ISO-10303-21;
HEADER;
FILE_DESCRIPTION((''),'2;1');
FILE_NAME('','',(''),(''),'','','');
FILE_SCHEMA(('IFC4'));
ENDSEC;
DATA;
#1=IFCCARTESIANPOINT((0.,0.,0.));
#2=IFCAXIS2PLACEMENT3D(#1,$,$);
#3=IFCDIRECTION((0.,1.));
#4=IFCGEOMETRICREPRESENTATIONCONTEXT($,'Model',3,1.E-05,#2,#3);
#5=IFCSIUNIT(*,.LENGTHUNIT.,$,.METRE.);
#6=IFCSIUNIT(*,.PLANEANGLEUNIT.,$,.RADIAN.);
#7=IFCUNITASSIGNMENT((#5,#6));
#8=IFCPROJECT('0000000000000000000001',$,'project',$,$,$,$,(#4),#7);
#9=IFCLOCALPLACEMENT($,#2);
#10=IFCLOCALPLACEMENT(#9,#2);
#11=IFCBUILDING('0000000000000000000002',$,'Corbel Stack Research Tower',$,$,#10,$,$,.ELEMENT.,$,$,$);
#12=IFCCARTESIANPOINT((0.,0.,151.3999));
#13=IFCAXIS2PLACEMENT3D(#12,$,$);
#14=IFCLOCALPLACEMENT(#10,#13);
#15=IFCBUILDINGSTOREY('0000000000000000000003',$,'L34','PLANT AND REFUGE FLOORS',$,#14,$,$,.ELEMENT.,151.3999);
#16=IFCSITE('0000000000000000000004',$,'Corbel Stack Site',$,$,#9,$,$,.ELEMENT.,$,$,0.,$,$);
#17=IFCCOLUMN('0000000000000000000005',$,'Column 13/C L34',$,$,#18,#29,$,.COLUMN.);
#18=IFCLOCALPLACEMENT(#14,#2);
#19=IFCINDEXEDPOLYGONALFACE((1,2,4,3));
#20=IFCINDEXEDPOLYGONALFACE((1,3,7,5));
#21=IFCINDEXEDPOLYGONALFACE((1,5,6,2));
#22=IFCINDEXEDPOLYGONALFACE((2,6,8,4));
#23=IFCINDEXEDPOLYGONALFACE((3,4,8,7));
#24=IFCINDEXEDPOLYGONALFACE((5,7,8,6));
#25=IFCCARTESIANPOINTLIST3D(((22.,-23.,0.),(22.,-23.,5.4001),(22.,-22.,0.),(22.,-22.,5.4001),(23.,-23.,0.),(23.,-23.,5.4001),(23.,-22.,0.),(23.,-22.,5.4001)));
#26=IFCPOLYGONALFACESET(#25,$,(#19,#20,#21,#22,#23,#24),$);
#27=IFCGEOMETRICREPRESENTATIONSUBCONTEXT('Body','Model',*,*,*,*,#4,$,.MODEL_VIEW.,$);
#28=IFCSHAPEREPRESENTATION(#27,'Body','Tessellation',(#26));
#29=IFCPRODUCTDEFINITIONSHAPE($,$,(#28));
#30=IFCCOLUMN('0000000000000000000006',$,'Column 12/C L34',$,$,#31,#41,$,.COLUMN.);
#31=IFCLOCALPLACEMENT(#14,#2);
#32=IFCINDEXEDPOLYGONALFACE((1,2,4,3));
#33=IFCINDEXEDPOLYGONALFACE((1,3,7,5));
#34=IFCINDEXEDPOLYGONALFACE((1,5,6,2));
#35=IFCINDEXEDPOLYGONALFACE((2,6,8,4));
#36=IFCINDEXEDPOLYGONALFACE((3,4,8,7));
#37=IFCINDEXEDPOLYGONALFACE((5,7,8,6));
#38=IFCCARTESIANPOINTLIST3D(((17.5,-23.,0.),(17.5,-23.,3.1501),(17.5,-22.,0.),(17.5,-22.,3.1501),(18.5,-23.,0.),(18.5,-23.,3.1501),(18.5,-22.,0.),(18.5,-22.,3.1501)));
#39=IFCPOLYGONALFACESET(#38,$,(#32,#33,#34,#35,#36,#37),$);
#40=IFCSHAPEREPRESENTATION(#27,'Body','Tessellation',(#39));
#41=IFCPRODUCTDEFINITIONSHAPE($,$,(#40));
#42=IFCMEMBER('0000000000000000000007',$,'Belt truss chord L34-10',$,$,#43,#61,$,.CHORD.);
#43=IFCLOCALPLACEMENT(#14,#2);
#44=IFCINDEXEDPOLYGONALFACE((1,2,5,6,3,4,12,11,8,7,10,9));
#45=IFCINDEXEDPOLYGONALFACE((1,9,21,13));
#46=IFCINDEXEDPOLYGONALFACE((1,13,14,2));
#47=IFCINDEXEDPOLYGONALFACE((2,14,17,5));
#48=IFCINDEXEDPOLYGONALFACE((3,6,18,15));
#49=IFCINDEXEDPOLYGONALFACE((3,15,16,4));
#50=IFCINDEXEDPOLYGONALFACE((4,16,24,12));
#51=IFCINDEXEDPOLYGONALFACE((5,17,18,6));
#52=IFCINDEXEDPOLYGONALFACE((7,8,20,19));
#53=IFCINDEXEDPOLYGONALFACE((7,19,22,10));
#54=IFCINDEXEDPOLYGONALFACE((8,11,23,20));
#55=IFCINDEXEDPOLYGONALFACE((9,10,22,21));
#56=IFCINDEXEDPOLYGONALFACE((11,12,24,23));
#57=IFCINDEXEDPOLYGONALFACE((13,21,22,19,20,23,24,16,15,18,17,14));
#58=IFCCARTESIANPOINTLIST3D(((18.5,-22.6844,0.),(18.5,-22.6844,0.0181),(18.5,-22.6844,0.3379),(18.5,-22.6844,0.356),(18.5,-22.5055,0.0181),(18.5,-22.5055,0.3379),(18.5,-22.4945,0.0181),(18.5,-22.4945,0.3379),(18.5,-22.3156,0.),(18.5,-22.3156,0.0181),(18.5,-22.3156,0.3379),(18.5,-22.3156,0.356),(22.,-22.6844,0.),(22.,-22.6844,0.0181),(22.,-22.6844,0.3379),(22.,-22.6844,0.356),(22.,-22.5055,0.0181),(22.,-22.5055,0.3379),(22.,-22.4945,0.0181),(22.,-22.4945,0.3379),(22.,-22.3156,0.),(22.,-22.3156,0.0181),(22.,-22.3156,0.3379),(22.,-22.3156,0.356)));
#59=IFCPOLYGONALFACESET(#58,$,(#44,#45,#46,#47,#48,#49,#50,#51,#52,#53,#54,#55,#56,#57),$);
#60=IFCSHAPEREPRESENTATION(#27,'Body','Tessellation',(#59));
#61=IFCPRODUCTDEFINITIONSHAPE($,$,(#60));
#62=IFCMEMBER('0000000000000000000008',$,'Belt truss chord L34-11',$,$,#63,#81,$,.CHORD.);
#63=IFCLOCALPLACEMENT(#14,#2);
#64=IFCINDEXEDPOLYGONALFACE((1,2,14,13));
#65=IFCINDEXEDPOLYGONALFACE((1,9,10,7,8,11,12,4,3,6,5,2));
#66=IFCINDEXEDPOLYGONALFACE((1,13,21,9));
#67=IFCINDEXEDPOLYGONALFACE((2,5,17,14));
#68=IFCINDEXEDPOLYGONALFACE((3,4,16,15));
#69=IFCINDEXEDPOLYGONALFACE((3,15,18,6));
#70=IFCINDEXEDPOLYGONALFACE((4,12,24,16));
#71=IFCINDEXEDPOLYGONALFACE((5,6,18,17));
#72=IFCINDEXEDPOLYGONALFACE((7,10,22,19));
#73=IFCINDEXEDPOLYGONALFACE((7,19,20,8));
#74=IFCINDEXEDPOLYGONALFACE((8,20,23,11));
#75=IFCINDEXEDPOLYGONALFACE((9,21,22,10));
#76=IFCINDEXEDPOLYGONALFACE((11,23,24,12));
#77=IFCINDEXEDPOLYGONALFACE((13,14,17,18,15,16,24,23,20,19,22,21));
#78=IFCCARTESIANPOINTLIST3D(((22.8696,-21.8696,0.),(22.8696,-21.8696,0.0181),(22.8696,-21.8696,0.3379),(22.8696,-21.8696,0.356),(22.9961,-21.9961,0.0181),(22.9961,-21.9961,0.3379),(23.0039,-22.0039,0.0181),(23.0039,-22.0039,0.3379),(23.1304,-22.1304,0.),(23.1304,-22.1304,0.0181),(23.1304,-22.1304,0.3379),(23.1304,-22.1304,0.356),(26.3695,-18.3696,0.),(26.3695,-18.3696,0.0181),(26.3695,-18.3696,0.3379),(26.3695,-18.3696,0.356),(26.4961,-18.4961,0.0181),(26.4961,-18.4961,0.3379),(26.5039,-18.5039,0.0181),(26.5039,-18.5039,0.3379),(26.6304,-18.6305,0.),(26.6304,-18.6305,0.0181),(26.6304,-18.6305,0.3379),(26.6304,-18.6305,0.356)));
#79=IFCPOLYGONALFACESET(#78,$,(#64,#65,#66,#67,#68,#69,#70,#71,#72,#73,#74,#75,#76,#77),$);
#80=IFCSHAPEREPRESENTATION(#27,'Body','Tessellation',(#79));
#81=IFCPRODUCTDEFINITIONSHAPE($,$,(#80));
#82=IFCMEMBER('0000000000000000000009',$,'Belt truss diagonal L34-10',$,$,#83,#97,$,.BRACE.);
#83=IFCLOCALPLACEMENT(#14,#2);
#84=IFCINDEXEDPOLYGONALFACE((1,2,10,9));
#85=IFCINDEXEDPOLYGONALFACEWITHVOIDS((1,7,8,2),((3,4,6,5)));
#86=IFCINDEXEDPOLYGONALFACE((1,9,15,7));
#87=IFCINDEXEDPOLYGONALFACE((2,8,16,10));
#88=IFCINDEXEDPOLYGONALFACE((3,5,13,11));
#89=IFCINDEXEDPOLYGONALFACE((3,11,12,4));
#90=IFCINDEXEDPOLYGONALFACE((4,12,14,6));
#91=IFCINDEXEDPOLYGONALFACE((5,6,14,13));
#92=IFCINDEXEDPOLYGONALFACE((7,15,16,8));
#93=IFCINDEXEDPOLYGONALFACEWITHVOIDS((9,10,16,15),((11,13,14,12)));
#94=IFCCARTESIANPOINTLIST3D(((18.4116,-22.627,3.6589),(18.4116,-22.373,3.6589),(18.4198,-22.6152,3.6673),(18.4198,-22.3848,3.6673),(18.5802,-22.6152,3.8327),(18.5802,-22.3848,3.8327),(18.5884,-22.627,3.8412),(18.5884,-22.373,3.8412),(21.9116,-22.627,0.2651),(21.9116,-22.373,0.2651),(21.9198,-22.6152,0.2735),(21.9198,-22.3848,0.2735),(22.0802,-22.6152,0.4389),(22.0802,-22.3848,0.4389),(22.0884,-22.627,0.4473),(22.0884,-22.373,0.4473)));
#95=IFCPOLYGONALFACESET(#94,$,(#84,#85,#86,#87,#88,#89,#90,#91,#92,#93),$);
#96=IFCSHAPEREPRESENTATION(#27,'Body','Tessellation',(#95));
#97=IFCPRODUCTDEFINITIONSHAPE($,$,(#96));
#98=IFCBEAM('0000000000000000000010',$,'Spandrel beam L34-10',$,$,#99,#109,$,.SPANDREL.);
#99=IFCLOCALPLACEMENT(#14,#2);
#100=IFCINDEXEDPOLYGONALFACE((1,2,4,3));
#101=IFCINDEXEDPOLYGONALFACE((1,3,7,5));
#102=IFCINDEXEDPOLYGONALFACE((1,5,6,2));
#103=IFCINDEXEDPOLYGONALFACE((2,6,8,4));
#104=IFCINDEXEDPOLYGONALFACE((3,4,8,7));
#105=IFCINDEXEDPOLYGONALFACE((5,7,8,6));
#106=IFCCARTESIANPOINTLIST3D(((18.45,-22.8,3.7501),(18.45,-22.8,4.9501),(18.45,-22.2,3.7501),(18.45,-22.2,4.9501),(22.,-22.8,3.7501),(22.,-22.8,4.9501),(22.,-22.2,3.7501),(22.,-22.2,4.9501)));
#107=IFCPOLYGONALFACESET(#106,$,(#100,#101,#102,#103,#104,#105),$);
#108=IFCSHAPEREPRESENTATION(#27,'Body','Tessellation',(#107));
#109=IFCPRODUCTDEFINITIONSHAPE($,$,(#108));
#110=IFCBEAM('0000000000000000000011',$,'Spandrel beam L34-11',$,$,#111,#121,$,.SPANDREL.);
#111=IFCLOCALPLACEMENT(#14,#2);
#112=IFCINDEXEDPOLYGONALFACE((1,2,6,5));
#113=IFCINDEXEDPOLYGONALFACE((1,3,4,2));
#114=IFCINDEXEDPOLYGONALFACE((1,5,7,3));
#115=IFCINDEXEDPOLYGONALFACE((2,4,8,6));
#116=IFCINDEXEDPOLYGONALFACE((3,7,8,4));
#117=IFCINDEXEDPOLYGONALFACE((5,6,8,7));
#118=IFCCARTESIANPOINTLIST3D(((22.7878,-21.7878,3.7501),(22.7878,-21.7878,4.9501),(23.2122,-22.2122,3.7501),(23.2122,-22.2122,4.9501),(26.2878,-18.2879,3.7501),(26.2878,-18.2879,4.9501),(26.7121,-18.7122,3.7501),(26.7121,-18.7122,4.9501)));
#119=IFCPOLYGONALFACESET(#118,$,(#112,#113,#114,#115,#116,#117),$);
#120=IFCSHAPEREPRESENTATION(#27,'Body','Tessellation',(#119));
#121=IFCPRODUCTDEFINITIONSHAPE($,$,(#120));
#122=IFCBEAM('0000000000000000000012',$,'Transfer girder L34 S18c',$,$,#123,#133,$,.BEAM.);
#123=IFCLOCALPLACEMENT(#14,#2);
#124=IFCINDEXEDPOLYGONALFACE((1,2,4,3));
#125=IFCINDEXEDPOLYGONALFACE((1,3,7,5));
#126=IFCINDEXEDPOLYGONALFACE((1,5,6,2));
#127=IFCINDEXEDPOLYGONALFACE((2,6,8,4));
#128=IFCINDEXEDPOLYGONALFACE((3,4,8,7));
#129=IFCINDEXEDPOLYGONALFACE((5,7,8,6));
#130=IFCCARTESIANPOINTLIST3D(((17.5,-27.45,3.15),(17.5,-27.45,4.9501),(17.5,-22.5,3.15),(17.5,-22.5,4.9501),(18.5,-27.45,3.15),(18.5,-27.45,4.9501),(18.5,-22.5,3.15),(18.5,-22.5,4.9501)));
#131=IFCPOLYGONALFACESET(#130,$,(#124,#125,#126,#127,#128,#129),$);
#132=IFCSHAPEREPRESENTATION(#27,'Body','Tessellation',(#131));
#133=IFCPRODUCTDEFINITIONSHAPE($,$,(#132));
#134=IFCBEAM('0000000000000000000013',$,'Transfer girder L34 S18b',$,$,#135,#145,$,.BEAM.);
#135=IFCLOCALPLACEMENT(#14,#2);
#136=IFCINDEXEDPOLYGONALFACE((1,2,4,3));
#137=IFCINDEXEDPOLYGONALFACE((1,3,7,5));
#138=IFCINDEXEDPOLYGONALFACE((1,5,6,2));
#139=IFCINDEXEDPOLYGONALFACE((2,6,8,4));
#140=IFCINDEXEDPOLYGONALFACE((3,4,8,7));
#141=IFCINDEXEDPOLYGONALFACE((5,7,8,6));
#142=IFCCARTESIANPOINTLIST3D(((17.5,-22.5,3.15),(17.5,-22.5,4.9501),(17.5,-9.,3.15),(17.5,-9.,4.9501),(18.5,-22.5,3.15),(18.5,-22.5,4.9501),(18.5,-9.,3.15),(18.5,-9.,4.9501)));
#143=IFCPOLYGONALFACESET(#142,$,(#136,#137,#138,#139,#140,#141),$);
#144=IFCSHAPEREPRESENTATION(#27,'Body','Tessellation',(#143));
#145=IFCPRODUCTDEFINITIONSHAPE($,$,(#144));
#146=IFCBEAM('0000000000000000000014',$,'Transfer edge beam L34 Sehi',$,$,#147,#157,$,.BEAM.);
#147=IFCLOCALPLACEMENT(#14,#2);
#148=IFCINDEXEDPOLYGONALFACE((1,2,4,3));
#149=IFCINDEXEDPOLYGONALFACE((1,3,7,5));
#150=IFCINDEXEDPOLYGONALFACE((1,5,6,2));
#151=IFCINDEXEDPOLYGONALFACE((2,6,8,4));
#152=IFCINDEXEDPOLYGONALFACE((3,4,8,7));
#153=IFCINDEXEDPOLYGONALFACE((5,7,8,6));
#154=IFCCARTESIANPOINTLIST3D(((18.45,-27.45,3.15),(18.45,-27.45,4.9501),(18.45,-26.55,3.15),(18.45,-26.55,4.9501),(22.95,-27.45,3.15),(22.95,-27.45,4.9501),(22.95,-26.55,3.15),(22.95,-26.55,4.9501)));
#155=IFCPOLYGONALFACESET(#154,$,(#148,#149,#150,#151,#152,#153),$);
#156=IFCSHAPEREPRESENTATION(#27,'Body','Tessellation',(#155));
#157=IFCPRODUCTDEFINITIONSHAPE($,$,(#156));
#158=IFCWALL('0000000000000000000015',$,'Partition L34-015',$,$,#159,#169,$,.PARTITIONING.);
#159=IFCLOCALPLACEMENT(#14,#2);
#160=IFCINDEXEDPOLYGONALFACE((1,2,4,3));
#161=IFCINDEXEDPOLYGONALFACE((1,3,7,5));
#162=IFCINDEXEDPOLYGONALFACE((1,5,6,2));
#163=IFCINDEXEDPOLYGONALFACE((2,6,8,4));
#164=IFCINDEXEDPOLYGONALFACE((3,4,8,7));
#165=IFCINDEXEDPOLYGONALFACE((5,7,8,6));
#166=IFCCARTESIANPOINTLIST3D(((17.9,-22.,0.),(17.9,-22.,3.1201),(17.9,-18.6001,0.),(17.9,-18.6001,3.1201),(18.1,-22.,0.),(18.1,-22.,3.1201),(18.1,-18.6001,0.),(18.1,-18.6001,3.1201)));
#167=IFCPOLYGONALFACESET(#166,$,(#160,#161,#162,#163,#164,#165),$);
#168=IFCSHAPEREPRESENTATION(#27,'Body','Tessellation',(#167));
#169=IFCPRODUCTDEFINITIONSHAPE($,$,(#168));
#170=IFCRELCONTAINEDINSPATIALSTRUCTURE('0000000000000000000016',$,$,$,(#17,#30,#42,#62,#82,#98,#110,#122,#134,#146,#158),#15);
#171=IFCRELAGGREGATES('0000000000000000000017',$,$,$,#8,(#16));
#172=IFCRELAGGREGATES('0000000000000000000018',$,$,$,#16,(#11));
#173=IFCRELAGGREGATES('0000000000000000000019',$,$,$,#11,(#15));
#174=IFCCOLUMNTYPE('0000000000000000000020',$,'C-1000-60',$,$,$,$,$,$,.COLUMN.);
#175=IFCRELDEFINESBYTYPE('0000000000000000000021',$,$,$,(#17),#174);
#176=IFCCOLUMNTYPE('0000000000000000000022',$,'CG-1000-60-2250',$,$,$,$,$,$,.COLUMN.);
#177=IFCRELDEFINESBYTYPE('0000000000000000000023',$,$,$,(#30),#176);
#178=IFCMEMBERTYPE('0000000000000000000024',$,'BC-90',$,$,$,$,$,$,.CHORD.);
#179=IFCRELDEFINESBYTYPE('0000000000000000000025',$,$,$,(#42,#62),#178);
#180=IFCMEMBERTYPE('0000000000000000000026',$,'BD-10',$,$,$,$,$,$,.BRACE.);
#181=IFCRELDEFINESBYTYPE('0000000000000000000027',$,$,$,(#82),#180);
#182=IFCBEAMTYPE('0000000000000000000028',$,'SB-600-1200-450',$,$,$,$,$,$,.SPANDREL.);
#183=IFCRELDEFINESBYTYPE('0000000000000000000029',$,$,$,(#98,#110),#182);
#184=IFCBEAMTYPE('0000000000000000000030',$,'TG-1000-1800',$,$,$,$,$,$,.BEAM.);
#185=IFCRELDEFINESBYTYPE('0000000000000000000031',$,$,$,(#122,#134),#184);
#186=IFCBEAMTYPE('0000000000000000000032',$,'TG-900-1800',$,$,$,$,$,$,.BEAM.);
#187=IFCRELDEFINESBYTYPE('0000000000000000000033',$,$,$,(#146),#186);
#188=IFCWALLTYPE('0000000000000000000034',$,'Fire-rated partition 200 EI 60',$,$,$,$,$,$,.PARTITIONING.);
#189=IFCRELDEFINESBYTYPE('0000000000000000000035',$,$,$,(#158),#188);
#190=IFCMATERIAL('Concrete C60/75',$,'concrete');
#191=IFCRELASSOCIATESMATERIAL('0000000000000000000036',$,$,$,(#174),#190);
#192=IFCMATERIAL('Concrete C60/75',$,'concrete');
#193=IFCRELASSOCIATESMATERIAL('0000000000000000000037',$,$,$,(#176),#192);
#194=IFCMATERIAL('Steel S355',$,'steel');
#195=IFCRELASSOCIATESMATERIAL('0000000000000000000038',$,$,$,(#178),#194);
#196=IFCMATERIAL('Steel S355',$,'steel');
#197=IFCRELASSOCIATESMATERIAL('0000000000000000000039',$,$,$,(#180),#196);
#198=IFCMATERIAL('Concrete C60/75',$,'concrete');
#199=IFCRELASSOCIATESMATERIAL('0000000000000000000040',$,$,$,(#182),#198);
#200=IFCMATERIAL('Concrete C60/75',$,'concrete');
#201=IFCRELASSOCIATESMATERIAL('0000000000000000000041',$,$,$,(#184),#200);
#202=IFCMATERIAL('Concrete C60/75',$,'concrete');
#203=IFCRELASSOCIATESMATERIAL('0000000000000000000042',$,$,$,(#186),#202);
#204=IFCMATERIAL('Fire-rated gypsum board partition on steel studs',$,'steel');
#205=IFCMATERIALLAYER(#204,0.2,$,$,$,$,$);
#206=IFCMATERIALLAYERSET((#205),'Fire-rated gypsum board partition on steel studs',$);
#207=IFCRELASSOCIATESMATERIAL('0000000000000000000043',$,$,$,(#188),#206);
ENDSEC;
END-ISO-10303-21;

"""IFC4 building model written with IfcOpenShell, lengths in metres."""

from ifc_helpers import new_model, si_unit, direction, frame, frame_2d, origin, origin_2d, place, context, subcontext, project, spatial, rectangle, hollow_rectangle, i_section, extrude, material, layer, layer_set, material_profile, profile_set, type_object, element, save


model = new_model("IFC4")

# Units and contexts
model_context = context("Model", 3, precision=1e-05, world=origin(), true_north=direction((0.0, 1.0)))
body_context = subcontext(model_context, "Body", "Model", "MODEL_VIEW")
ifc_project = project(units=[si_unit("LENGTHUNIT", "METRE"), si_unit("PLANEANGLEUNIT", "RADIAN")], contexts=[model_context])

# Site, building, storey
site_placement = place(None, origin())
site = spatial("IfcSite", under=ifc_project, at=site_placement, Name="Corbel Stack Site", CompositionType="ELEMENT", RefElevation=0.0)
building_placement = place(site_placement, origin())
building = spatial("IfcBuilding", under=site, at=building_placement, Name="Corbel Stack Research Tower", CompositionType="ELEMENT")
storey_placement = place(building_placement, frame((0.0, 0.0, 151.3999)))
storey = spatial("IfcBuildingStorey", under=building, at=storey_placement, Name="L34", Description="PLANT AND REFUGE FLOORS", CompositionType="ELEMENT", Elevation=151.3999)

# Columns
ifc_material_1 = material(Name="Concrete C60/75", Category="concrete")
ifc_material_profile_1 = material_profile(ifc_material_1, rectangle(XDim=1.0, YDim=1.0, at=origin_2d()), Name="RC 1000 x 1000")
ifc_profile_set_1 = profile_set([ifc_material_profile_1], Name="Concrete C60/75")
column_type_1 = type_object("IfcColumnType", Name="C-1000-60", PredefinedType="COLUMN", material=ifc_profile_set_1)
column_1_placement = place(storey_placement, frame((22.5, -22.5, 0.0), z_axis=(0.0, 0.0, 1.0), x_axis=(1.0, 0.0, 0.0)))
element("IfcColumn", 1, at=column_1_placement, inside=storey, type_object=column_type_1, Name="Column 13/C L34", PredefinedType="COLUMN", context=body_context, shape_type="SweptSolid", body=[
    extrude(rectangle(XDim=1.0, YDim=1.0, at=origin_2d()), origin(), (0.0, 0.0, 1.0), 5.4001),
])
ifc_material_2 = material(Name="Concrete C60/75", Category="concrete")
ifc_material_profile_2 = material_profile(ifc_material_2, rectangle(XDim=1.0, YDim=1.0, at=origin_2d()), Name="RC 1000 x 1000")
ifc_profile_set_2 = profile_set([ifc_material_profile_2], Name="Concrete C60/75")
column_type_2 = type_object("IfcColumnType", Name="CG-1000-60-2250", PredefinedType="COLUMN", material=ifc_profile_set_2)
column_2_placement = place(storey_placement, frame((18.0, -22.5, 0.0), z_axis=(0.0, 0.0, 1.0), x_axis=(1.0, 0.0, 0.0)))
element("IfcColumn", 2, at=column_2_placement, inside=storey, type_object=column_type_2, Name="Column 12/C L34", PredefinedType="COLUMN", context=body_context, shape_type="SweptSolid", body=[
    extrude(rectangle(XDim=1.0, YDim=1.0, at=origin_2d()), origin(), (0.0, 0.0, 1.0), 3.1501),
])

# Members
ifc_material_3 = material(Name="Steel S355", Category="steel")
ifc_material_profile_3 = material_profile(ifc_material_3, i_section(OverallWidth=0.3689, OverallDepth=0.356, WebThickness=0.011, FlangeThickness=0.0181, at=origin_2d()), Name="W14x90")
ifc_profile_set_3 = profile_set([ifc_material_profile_3], Name="Steel S355")
member_type_1 = type_object("IfcMemberType", Name="BC-90", PredefinedType="CHORD", material=ifc_profile_set_3)
member_1_placement = place(storey_placement, frame((18.5, -22.5, 0.178), z_axis=(1.0, 0.0, 0.0), x_axis=(0.0, 1.0, 0.0)))
element("IfcMember", 3, at=member_1_placement, inside=storey, type_object=member_type_1, Name="Belt truss chord L34-10", PredefinedType="CHORD", context=body_context, shape_type="SweptSolid", body=[
    extrude(i_section(OverallWidth=0.3689, OverallDepth=0.356, WebThickness=0.011, FlangeThickness=0.0181, at=origin_2d()), origin(), (0.0, 0.0, 1.0), 3.5),
])
member_2_placement = place(storey_placement, frame((23.0, -22.0, 0.178), z_axis=(0.707107, 0.707107, 0.0), x_axis=(-0.707107, 0.707107, 0.0)))
element("IfcMember", 4, at=member_2_placement, inside=storey, type_object=member_type_1, Name="Belt truss chord L34-11", PredefinedType="CHORD", context=body_context, shape_type="SweptSolid", body=[
    extrude(i_section(OverallWidth=0.3689, OverallDepth=0.356, WebThickness=0.011, FlangeThickness=0.0181, at=origin_2d()), origin(), (0.0, 0.0, 1.0), 4.9497),
])
ifc_material_4 = material(Name="Steel S355", Category="steel")
ifc_material_profile_4 = material_profile(ifc_material_4, hollow_rectangle(XDim=0.2539, YDim=0.2539, WallThickness=0.0117, at=origin_2d()), Name="HSS10x10x1/2")
ifc_profile_set_4 = profile_set([ifc_material_profile_4], Name="Steel S355")
member_type_2 = type_object("IfcMemberType", Name="BD-10", PredefinedType="BRACE", material=ifc_profile_set_4)
member_3_placement = place(storey_placement, frame((22.0, -22.5, 0.3562), z_axis=(-0.717915, 0.0, 0.696131), x_axis=(0.0, -1.0, 0.0)))
element("IfcMember", 5, at=member_3_placement, inside=storey, type_object=member_type_2, Name="Belt truss diagonal L34-10", PredefinedType="BRACE", context=body_context, shape_type="SweptSolid", body=[
    extrude(hollow_rectangle(XDim=0.2539, YDim=0.2539, WallThickness=0.0117, at=origin_2d()), origin(), (0.0, 0.0, 1.0), 4.8752),
])

# Beams
ifc_material_5 = material(Name="Concrete C60/75", Category="concrete")
ifc_material_profile_5 = material_profile(ifc_material_5, rectangle(XDim=0.6001, YDim=1.2, at=origin_2d()), Name="RC 600 x 1200")
ifc_profile_set_5 = profile_set([ifc_material_profile_5], Name="Concrete C60/75")
beam_type_1 = type_object("IfcBeamType", Name="SB-600-1200-450", PredefinedType="SPANDREL", material=ifc_profile_set_5)
beam_1_placement = place(storey_placement, frame((18.45, -22.5, 4.3501), z_axis=(1.0, 0.0, 0.0), x_axis=(0.0, 1.0, 0.0)))
element("IfcBeam", 6, at=beam_1_placement, inside=storey, type_object=beam_type_1, Name="Spandrel beam L34-10", PredefinedType="SPANDREL", context=body_context, shape_type="SweptSolid", body=[
    extrude(rectangle(XDim=0.6001, YDim=1.2, at=origin_2d()), origin(), (0.0, 0.0, 1.0), 3.55),
])
beam_2_placement = place(storey_placement, frame((23.0, -22.0, 4.3501), z_axis=(0.707107, 0.707107, 0.0), x_axis=(-0.707107, 0.707107, 0.0)))
element("IfcBeam", 7, at=beam_2_placement, inside=storey, type_object=beam_type_1, Name="Spandrel beam L34-11", PredefinedType="SPANDREL", context=body_context, shape_type="SweptSolid", body=[
    extrude(rectangle(XDim=0.6001, YDim=1.2, at=origin_2d()), origin(), (0.0, 0.0, 1.0), 4.9497),
])
ifc_material_6 = material(Name="Concrete C60/75", Category="concrete")
ifc_material_profile_6 = material_profile(ifc_material_6, rectangle(XDim=1.0, YDim=1.8, at=origin_2d()), Name="RC 1000 x 1800")
ifc_profile_set_6 = profile_set([ifc_material_profile_6], Name="Concrete C60/75")
beam_type_2 = type_object("IfcBeamType", Name="TG-1000-1800", PredefinedType="BEAM", material=ifc_profile_set_6)
beam_3_placement = place(storey_placement, frame((18.0, -27.45, 4.05), z_axis=(0.0, 1.0, 0.0), x_axis=(-1.0, 0.0, 0.0)))
element("IfcBeam", 8, at=beam_3_placement, inside=storey, type_object=beam_type_2, Name="Transfer girder L34 S18c", PredefinedType="BEAM", context=body_context, shape_type="SweptSolid", body=[
    extrude(rectangle(XDim=1.0, YDim=1.8, at=origin_2d()), origin(), (0.0, 0.0, 1.0), 4.95),
])
beam_4_placement = place(storey_placement, frame((18.0, -22.5, 4.05), z_axis=(0.0, 1.0, 0.0), x_axis=(-1.0, 0.0, 0.0)))
element("IfcBeam", 9, at=beam_4_placement, inside=storey, type_object=beam_type_2, Name="Transfer girder L34 S18b", PredefinedType="BEAM", context=body_context, shape_type="SweptSolid", body=[
    extrude(rectangle(XDim=1.0, YDim=1.8, at=origin_2d()), origin(), (0.0, 0.0, 1.0), 13.5),
])
ifc_material_7 = material(Name="Concrete C60/75", Category="concrete")
ifc_material_profile_7 = material_profile(ifc_material_7, rectangle(XDim=0.8999, YDim=1.8, at=origin_2d()), Name="RC 900 x 1800")
ifc_profile_set_7 = profile_set([ifc_material_profile_7], Name="Concrete C60/75")
beam_type_3 = type_object("IfcBeamType", Name="TG-900-1800", PredefinedType="BEAM", material=ifc_profile_set_7)
beam_5_placement = place(storey_placement, frame((18.45, -27.0, 4.05), z_axis=(1.0, 0.0, 0.0), x_axis=(0.0, 1.0, 0.0)))
element("IfcBeam", 10, at=beam_5_placement, inside=storey, type_object=beam_type_3, Name="Transfer edge beam L34 Sehi", PredefinedType="BEAM", context=body_context, shape_type="SweptSolid", body=[
    extrude(rectangle(XDim=0.8999, YDim=1.8, at=origin_2d()), origin(), (0.0, 0.0, 1.0), 4.5),
])

# Wall
ifc_material_8 = material(Name="Fire-rated gypsum board partition on steel studs", Category="steel")
ifc_layer_1 = layer(ifc_material_8, 0.2)
ifc_layer_set_1 = layer_set([ifc_layer_1], Name="Fire-rated gypsum board partition on steel studs")
wall_type_1 = type_object("IfcWallType", Name="Fire-rated partition 200 EI 60", PredefinedType="PARTITIONING", material=ifc_layer_set_1)
wall_placement = place(storey_placement, frame((18.0, -22.0, 0.0), z_axis=(0.0, 0.0, 1.0), x_axis=(0.0, 1.0, 0.0)))
element("IfcWall", 11, at=wall_placement, inside=storey, type_object=wall_type_1, Name="Partition L34-015", PredefinedType="PARTITIONING", context=body_context, shape_type="SweptSolid", body=[
    extrude(rectangle(XDim=3.3999, YDim=0.2, at=frame_2d((1.7, 0.0))), origin(), (0.0, 0.0, 1.0), 3.1201),
])

save(model, "model.ifc")
